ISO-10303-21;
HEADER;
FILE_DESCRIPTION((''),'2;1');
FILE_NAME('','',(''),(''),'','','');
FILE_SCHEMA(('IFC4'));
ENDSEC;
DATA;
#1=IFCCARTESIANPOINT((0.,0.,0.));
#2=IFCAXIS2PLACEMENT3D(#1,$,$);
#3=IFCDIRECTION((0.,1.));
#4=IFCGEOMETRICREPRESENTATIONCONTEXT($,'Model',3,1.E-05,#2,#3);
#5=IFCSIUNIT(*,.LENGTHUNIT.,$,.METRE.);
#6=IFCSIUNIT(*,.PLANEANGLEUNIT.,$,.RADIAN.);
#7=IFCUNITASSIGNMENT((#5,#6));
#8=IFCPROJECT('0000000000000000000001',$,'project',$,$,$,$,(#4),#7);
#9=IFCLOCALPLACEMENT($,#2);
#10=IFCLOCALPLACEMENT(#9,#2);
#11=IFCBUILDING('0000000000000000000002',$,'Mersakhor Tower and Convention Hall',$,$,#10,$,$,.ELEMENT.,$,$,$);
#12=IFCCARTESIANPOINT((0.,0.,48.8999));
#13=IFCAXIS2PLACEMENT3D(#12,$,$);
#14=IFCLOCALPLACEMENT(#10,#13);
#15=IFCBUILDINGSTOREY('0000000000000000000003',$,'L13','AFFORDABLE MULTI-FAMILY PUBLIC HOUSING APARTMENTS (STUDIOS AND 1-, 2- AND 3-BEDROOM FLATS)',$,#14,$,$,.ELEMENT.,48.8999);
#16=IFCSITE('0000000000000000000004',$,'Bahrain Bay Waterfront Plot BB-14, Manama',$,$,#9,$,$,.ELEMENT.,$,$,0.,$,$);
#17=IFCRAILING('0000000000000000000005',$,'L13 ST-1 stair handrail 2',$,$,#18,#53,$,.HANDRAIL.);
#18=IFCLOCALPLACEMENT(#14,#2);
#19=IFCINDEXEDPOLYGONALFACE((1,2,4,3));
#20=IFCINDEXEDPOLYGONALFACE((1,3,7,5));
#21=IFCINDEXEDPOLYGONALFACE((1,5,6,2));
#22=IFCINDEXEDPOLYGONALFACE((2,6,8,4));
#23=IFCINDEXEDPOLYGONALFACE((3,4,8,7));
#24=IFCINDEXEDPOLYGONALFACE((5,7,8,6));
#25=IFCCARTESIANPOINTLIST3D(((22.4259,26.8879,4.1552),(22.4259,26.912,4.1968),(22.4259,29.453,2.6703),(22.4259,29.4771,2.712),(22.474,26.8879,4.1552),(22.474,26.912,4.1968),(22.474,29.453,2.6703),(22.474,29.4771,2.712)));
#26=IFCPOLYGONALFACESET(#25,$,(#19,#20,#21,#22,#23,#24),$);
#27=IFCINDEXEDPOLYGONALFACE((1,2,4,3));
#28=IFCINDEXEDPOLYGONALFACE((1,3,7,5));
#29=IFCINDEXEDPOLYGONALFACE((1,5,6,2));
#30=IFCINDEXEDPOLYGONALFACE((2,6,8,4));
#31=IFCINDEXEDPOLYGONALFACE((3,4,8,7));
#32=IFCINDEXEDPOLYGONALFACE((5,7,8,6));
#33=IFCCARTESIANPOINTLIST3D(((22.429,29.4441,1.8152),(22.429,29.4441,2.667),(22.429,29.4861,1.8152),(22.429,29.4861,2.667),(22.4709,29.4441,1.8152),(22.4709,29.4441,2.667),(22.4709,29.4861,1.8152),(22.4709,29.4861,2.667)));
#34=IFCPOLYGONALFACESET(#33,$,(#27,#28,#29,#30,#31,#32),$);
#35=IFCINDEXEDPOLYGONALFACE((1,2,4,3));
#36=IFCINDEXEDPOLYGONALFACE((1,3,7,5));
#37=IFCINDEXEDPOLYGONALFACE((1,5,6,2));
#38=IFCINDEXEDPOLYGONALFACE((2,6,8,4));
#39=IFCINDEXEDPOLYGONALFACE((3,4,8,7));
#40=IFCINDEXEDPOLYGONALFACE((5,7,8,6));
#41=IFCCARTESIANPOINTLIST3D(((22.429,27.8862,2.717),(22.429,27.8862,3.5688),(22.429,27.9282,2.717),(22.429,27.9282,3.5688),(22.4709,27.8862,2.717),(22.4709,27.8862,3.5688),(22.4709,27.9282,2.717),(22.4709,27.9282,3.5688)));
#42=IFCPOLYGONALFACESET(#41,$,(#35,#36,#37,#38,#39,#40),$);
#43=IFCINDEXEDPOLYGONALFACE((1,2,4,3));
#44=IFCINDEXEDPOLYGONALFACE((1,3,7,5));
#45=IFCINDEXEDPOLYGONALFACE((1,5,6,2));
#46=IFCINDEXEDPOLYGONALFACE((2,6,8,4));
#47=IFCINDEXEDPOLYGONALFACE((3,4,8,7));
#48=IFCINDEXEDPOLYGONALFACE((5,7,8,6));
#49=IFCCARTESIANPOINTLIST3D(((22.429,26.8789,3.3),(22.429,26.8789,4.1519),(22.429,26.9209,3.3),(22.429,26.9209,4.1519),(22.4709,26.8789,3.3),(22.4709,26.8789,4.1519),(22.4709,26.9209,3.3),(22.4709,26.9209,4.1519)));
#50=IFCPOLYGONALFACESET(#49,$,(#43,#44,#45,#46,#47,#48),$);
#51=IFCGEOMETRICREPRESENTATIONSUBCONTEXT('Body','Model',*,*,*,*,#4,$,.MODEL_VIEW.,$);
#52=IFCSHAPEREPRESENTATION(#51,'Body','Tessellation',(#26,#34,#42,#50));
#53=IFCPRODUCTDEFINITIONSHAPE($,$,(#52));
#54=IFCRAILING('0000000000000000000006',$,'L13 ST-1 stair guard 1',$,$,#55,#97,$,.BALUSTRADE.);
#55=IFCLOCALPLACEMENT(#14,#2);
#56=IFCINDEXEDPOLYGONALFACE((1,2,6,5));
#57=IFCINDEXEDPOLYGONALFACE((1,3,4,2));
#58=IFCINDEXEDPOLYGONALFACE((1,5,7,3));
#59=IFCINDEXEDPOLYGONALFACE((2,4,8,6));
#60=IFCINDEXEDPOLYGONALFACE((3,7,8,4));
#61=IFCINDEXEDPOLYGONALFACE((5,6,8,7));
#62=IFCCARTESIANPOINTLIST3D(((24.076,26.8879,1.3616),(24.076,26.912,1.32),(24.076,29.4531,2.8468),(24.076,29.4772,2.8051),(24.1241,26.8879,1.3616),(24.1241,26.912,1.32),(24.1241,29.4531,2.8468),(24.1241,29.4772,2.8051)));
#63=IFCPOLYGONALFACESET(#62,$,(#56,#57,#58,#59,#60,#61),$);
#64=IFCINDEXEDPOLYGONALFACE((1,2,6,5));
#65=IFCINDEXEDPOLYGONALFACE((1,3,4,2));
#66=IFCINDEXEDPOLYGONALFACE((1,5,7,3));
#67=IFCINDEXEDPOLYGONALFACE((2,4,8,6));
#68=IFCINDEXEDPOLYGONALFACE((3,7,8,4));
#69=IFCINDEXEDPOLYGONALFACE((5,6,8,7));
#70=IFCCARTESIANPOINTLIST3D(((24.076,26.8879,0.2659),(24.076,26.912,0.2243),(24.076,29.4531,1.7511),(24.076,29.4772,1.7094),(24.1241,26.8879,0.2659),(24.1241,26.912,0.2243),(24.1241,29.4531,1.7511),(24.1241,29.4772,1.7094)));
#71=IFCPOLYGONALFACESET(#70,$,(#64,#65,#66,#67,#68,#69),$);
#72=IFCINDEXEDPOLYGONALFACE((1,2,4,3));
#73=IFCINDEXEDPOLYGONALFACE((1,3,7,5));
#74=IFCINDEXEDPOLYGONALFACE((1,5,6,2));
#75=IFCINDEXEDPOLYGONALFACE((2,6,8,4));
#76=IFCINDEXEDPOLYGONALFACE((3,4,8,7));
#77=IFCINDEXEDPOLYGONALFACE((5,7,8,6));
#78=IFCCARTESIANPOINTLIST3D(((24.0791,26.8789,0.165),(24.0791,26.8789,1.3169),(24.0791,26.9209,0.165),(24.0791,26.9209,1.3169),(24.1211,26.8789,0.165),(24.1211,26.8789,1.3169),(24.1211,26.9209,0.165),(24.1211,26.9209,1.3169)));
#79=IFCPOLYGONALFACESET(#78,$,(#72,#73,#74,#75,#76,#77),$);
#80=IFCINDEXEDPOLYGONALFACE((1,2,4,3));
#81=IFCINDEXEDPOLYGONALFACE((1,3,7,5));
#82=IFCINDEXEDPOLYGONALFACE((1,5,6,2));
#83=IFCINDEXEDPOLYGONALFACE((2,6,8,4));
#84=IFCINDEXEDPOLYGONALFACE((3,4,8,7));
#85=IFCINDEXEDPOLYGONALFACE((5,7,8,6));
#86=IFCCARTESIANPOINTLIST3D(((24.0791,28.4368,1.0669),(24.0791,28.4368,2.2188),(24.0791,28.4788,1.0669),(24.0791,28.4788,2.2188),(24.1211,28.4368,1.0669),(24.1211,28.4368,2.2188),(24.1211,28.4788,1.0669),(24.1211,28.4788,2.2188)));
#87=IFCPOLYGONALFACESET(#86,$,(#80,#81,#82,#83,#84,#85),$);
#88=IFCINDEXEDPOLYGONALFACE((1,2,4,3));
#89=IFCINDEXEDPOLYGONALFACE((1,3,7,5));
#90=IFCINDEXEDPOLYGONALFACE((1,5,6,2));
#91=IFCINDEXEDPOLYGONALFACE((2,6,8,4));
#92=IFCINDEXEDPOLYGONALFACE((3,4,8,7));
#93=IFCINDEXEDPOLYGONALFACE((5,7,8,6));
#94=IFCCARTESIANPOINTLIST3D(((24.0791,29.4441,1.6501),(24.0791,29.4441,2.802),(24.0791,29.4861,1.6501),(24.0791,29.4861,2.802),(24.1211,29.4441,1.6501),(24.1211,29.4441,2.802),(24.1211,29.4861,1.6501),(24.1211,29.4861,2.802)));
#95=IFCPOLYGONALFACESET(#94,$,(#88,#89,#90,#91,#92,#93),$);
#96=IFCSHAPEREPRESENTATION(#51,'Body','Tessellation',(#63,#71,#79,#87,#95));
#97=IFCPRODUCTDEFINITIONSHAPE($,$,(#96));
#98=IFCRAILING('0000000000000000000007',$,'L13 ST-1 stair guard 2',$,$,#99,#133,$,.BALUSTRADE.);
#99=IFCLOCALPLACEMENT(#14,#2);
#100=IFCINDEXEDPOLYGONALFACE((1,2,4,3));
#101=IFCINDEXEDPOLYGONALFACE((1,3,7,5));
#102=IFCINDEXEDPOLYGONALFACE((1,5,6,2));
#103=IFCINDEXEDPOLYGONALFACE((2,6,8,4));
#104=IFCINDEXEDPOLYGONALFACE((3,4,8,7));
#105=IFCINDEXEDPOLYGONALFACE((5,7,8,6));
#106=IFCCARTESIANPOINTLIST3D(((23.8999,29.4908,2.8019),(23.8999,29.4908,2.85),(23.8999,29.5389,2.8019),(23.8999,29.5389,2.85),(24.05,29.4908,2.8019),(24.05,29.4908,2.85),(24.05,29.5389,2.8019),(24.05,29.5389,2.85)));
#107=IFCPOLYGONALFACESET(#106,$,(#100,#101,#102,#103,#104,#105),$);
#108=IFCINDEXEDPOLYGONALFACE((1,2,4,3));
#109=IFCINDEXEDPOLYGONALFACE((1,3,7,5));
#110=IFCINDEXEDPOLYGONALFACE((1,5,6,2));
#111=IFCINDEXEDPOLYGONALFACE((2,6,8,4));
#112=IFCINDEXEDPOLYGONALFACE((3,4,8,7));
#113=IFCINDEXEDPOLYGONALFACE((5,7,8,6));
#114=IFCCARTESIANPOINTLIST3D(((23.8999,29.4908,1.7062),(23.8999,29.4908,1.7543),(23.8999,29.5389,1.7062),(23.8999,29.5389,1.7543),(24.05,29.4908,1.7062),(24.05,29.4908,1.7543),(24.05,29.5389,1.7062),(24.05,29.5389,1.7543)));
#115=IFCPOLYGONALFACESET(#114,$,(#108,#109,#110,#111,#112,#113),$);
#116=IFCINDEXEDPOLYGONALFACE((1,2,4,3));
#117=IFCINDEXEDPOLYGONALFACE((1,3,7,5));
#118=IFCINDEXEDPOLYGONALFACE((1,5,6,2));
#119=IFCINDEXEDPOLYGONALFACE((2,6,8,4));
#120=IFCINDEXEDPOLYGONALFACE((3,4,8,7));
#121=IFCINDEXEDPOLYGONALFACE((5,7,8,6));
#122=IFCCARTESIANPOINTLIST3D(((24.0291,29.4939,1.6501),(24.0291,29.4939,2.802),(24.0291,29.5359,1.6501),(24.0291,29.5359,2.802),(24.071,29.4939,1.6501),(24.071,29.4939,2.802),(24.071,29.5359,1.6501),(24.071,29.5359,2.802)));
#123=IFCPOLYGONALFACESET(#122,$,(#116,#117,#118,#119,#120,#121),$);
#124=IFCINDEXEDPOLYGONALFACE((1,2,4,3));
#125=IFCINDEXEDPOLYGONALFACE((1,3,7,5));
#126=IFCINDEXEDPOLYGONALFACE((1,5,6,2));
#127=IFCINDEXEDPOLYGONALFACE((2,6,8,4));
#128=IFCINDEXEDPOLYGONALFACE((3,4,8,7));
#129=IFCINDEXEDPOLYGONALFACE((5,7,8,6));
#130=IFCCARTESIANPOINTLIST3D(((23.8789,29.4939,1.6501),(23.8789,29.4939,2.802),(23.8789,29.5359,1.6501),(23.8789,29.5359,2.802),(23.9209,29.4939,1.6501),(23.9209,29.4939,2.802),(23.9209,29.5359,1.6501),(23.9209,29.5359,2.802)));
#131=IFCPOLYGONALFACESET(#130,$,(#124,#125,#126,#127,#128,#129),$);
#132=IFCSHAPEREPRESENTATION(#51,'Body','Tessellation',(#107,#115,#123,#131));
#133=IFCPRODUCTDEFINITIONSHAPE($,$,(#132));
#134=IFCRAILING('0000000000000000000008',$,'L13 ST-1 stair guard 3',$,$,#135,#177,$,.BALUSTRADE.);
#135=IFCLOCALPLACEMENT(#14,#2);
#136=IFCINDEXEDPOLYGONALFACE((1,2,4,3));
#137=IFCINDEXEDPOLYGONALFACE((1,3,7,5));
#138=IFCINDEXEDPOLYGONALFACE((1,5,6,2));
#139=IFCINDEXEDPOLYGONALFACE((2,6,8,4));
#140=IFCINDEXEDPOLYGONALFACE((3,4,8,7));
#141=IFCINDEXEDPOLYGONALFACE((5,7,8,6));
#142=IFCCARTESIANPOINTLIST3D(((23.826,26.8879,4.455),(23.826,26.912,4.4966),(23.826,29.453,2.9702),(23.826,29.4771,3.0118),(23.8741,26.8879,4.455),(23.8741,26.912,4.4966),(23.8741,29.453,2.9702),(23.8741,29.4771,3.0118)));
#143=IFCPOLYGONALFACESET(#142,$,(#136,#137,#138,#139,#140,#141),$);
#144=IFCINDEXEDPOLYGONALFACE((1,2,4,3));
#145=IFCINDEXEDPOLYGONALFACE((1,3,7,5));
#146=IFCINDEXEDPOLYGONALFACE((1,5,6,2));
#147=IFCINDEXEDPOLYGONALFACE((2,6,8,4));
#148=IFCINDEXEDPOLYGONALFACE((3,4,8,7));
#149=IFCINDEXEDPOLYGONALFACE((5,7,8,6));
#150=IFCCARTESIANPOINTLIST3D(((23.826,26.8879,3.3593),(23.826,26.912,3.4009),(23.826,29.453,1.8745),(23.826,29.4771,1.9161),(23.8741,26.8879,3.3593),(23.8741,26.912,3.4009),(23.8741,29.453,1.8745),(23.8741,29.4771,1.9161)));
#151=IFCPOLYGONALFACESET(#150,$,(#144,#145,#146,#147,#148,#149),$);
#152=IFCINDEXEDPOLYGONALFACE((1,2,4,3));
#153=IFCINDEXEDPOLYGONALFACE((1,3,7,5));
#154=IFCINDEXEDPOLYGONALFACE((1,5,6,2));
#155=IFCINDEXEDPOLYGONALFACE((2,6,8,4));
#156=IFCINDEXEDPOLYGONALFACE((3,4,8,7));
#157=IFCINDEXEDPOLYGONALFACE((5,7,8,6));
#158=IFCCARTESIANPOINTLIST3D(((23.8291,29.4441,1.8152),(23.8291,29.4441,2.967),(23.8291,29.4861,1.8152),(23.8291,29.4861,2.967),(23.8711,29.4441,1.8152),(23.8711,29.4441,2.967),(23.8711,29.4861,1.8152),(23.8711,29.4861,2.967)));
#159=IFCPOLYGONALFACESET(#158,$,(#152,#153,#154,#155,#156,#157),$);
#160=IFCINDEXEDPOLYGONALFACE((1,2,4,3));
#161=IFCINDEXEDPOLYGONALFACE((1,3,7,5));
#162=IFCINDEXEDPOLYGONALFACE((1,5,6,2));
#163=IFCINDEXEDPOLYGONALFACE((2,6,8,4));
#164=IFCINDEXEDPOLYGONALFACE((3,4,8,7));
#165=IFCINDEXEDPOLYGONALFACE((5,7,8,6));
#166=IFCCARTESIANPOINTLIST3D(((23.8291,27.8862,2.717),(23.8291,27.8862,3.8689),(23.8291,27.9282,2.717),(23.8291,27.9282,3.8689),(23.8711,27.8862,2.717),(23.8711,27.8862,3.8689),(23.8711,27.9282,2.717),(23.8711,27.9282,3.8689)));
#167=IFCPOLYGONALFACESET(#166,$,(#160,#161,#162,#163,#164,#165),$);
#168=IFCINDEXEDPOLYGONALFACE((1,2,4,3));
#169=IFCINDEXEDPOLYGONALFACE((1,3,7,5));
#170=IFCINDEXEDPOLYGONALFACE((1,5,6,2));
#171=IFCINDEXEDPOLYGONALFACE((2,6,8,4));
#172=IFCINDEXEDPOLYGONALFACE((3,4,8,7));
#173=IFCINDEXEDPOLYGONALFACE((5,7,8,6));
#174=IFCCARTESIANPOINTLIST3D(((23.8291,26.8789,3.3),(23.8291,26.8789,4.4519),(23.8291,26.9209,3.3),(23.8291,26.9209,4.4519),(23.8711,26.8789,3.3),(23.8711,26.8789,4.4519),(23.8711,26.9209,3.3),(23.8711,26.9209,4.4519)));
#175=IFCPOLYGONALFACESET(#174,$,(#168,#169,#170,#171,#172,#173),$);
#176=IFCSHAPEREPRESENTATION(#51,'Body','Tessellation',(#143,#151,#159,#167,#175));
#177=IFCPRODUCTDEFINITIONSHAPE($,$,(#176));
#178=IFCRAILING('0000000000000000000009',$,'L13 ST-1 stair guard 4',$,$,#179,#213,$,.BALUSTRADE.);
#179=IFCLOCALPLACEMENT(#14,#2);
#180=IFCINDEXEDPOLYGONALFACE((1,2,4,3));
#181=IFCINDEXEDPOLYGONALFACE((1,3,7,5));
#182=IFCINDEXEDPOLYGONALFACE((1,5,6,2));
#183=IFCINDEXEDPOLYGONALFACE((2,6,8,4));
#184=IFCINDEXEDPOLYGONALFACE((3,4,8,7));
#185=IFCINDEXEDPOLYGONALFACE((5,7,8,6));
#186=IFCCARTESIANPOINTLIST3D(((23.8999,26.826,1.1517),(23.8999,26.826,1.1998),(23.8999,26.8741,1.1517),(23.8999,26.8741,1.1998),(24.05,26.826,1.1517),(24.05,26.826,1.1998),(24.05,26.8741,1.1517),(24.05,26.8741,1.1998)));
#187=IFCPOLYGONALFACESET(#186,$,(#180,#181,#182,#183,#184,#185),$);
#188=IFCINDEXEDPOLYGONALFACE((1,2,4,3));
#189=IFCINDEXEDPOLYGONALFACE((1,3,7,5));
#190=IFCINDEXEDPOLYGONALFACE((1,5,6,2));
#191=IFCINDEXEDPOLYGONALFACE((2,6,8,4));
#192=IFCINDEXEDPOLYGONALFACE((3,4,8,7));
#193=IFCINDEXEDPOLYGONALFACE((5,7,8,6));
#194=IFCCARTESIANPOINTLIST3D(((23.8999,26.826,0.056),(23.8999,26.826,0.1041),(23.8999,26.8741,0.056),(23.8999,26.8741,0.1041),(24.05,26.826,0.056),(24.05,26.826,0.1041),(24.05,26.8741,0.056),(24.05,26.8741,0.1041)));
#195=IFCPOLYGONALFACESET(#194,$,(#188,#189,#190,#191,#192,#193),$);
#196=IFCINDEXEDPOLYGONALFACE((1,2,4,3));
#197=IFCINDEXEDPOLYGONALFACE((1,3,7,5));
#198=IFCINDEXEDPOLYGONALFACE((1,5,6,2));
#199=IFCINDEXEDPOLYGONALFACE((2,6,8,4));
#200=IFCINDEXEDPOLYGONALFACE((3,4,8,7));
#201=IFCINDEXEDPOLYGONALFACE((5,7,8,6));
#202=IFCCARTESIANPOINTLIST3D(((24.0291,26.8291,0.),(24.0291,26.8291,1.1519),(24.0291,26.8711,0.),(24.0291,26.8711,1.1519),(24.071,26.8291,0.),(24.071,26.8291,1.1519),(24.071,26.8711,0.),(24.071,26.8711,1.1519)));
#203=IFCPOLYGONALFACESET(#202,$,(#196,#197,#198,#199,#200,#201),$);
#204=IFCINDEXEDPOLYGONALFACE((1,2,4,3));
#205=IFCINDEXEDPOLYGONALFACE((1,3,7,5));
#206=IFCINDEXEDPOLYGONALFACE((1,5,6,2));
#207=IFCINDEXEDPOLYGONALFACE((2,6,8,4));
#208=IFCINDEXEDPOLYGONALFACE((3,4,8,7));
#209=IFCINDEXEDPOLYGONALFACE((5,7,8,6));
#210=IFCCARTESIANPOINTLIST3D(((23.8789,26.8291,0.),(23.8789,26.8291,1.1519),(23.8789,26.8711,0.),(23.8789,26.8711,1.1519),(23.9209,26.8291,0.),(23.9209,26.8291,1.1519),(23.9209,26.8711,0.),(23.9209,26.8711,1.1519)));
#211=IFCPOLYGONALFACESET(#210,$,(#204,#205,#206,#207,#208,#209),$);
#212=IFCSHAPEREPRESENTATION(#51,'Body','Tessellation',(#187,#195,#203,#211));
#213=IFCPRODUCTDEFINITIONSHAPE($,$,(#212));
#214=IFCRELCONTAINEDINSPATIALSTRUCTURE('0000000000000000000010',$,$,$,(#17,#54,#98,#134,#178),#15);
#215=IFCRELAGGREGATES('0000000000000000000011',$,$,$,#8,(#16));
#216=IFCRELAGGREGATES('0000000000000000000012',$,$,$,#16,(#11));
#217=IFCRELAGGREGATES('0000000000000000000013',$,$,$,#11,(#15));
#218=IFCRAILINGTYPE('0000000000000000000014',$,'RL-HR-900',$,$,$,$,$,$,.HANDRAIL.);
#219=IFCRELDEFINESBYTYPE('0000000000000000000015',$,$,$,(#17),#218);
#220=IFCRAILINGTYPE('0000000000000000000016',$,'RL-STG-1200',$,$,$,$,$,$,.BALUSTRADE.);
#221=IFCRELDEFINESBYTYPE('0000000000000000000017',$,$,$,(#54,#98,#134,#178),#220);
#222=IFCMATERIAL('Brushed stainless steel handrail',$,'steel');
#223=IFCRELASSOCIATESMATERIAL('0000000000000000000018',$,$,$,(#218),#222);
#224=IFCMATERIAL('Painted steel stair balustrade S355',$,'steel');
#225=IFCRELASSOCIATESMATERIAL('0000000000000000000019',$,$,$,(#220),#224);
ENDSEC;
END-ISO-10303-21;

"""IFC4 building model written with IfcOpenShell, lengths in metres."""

from ifc_helpers import new_model, si_unit, direction, frame, origin, origin_2d, place, context, subcontext, project, spatial, rectangle, extrude, material, type_object, element, save


model = new_model("IFC4")

# Units and contexts
model_context = context("Model", 3, precision=1e-05, world=origin(), true_north=direction((0.0, 1.0)))
body_context = subcontext(model_context, "Body", "Model", "MODEL_VIEW")
ifc_project = project(units=[si_unit("LENGTHUNIT", "METRE"), si_unit("PLANEANGLEUNIT", "RADIAN")], contexts=[model_context])

# Site, building, storey
site_placement = place(None, origin())
site = spatial("IfcSite", under=ifc_project, at=site_placement, Name="Bahrain Bay Waterfront Plot BB-14, Manama", CompositionType="ELEMENT", RefElevation=0.0)
building_placement = place(site_placement, origin())
building = spatial("IfcBuilding", under=site, at=building_placement, Name="Mersakhor Tower and Convention Hall", CompositionType="ELEMENT")
storey_placement = place(building_placement, frame((0.0, 0.0, 48.8999)))
storey = spatial("IfcBuildingStorey", under=building, at=storey_placement, Name="L13", Description="AFFORDABLE MULTI-FAMILY PUBLIC HOUSING APARTMENTS (STUDIOS AND 1-, 2- AND 3-BEDROOM FLATS)", CompositionType="ELEMENT", Elevation=48.8999)

# Railings
ifc_material_1 = material(Name="Brushed stainless steel handrail", Category="steel")
railing_type_1 = type_object("IfcRailingType", Name="RL-HR-900", PredefinedType="HANDRAIL", material=ifc_material_1)
railing_1_placement = place(storey_placement, frame((22.45, 29.4651, 1.8152)))
element("IfcRailing", 1, at=railing_1_placement, inside=storey, type_object=railing_type_1, Name="L13 ST-1 stair handrail 2", PredefinedType="HANDRAIL", context=body_context, shape_type="SweptSolid", body=[
    extrude(rectangle(XDim=0.0481, YDim=0.0481, at=origin_2d()), frame((0.0, 0.0, 0.876), z_axis=(0.0, -0.865462, 0.500975), x_axis=(1.0, 0.0, 0.0)), (0.0, 0.0, 1.0), 2.9639),
    extrude(rectangle(XDim=0.042, YDim=0.042, at=origin_2d()), origin(), (0.0, 0.0, 1.0), 0.8518),
    extrude(rectangle(XDim=0.042, YDim=0.042, at=origin_2d()), frame((0.0, -1.5579, 0.9019)), (0.0, 0.0, 1.0), 0.8518),
    extrude(rectangle(XDim=0.042, YDim=0.042, at=origin_2d()), frame((0.0, -2.5652, 1.4849)), (0.0, 0.0, 1.0), 0.8518),
])
ifc_material_2 = material(Name="Painted steel stair balustrade S355", Category="steel")
railing_type_2 = type_object("IfcRailingType", Name="RL-STG-1200", PredefinedType="BALUSTRADE", material=ifc_material_2)
railing_2_placement = place(storey_placement, frame((24.1001, 26.8999, 0.165)))
element("IfcRailing", 2, at=railing_2_placement, inside=storey, type_object=railing_type_2, Name="L13 ST-1 stair guard 1", PredefinedType="BALUSTRADE", context=body_context, shape_type="SweptSolid", body=[
    extrude(rectangle(XDim=0.0481, YDim=0.0481, at=origin_2d()), frame((0.0, 0.0, 1.1758), z_axis=(0.0, 0.865426, 0.501036), x_axis=(-1.0, 0.0, 0.0)), (0.0, 0.0, 1.0), 2.9641),
    extrude(rectangle(XDim=0.0481, YDim=0.0481, at=origin_2d()), frame((0.0, 0.0, 0.0801), z_axis=(0.0, 0.865426, 0.501036), x_axis=(-1.0, 0.0, 0.0)), (0.0, 0.0, 1.0), 2.9641),
    extrude(rectangle(XDim=0.042, YDim=0.042, at=origin_2d()), origin(), (0.0, 0.0, 1.0), 1.1519),
    extrude(rectangle(XDim=0.042, YDim=0.042, at=origin_2d()), frame((0.0, 1.5579, 0.9019)), (0.0, 0.0, 1.0), 1.1519),
    extrude(rectangle(XDim=0.042, YDim=0.042, at=origin_2d()), frame((0.0, 2.5652, 1.4851)), (0.0, 0.0, 1.0), 1.1519),
])
railing_3_placement = place(storey_placement, frame((24.05, 29.5149, 1.6501)))
element("IfcRailing", 3, at=railing_3_placement, inside=storey, type_object=railing_type_2, Name="L13 ST-1 stair guard 2", PredefinedType="BALUSTRADE", context=body_context, shape_type="SweptSolid", body=[
    extrude(rectangle(XDim=0.0481, YDim=0.0481, at=origin_2d()), frame((0.0, 0.0, 1.1758), z_axis=(-1.0, 0.0, 0.0), x_axis=(0.0, -1.0, 0.0)), (0.0, 0.0, 1.0), 0.1501),
    extrude(rectangle(XDim=0.0481, YDim=0.0481, at=origin_2d()), frame((0.0, 0.0, 0.0801), z_axis=(-1.0, 0.0, 0.0), x_axis=(0.0, -1.0, 0.0)), (0.0, 0.0, 1.0), 0.1501),
    extrude(rectangle(XDim=0.042, YDim=0.042, at=origin_2d()), origin(), (0.0, 0.0, 1.0), 1.1519),
    extrude(rectangle(XDim=0.042, YDim=0.042, at=origin_2d()), frame((-0.1501, 0.0, 0.0)), (0.0, 0.0, 1.0), 1.1519),
])
railing_4_placement = place(storey_placement, frame((23.8501, 29.4651, 1.8152)))
element("IfcRailing", 4, at=railing_4_placement, inside=storey, type_object=railing_type_2, Name="L13 ST-1 stair guard 3", PredefinedType="BALUSTRADE", context=body_context, shape_type="SweptSolid", body=[
    extrude(rectangle(XDim=0.0481, YDim=0.0481, at=origin_2d()), frame((0.0, 0.0, 1.1758), z_axis=(0.0, -0.865462, 0.500975), x_axis=(1.0, 0.0, 0.0)), (0.0, 0.0, 1.0), 2.9639),
    extrude(rectangle(XDim=0.0481, YDim=0.0481, at=origin_2d()), frame((0.0, 0.0, 0.0801), z_axis=(0.0, -0.865462, 0.500975), x_axis=(1.0, 0.0, 0.0)), (0.0, 0.0, 1.0), 2.9639),
    extrude(rectangle(XDim=0.042, YDim=0.042, at=origin_2d()), origin(), (0.0, 0.0, 1.0), 1.1519),
    extrude(rectangle(XDim=0.042, YDim=0.042, at=origin_2d()), frame((0.0, -1.5579, 0.9019)), (0.0, 0.0, 1.0), 1.1519),
    extrude(rectangle(XDim=0.042, YDim=0.042, at=origin_2d()), frame((0.0, -2.5652, 1.4849)), (0.0, 0.0, 1.0), 1.1519),
])
railing_5_placement = place(storey_placement, frame((24.05, 26.8501, 0.0)))
element("IfcRailing", 5, at=railing_5_placement, inside=storey, type_object=railing_type_2, Name="L13 ST-1 stair guard 4", PredefinedType="BALUSTRADE", context=body_context, shape_type="SweptSolid", body=[
    extrude(rectangle(XDim=0.0481, YDim=0.0481, at=origin_2d()), frame((0.0, 0.0, 1.1758), z_axis=(-1.0, 0.0, 0.0), x_axis=(0.0, -1.0, 0.0)), (0.0, 0.0, 1.0), 0.1501),
    extrude(rectangle(XDim=0.0481, YDim=0.0481, at=origin_2d()), frame((0.0, 0.0, 0.0801), z_axis=(-1.0, 0.0, 0.0), x_axis=(0.0, -1.0, 0.0)), (0.0, 0.0, 1.0), 0.1501),
    extrude(rectangle(XDim=0.042, YDim=0.042, at=origin_2d()), origin(), (0.0, 0.0, 1.0), 1.1519),
    extrude(rectangle(XDim=0.042, YDim=0.042, at=origin_2d()), frame((-0.1501, 0.0, 0.0)), (0.0, 0.0, 1.0), 1.1519),
])

save(model, "model.ifc")
